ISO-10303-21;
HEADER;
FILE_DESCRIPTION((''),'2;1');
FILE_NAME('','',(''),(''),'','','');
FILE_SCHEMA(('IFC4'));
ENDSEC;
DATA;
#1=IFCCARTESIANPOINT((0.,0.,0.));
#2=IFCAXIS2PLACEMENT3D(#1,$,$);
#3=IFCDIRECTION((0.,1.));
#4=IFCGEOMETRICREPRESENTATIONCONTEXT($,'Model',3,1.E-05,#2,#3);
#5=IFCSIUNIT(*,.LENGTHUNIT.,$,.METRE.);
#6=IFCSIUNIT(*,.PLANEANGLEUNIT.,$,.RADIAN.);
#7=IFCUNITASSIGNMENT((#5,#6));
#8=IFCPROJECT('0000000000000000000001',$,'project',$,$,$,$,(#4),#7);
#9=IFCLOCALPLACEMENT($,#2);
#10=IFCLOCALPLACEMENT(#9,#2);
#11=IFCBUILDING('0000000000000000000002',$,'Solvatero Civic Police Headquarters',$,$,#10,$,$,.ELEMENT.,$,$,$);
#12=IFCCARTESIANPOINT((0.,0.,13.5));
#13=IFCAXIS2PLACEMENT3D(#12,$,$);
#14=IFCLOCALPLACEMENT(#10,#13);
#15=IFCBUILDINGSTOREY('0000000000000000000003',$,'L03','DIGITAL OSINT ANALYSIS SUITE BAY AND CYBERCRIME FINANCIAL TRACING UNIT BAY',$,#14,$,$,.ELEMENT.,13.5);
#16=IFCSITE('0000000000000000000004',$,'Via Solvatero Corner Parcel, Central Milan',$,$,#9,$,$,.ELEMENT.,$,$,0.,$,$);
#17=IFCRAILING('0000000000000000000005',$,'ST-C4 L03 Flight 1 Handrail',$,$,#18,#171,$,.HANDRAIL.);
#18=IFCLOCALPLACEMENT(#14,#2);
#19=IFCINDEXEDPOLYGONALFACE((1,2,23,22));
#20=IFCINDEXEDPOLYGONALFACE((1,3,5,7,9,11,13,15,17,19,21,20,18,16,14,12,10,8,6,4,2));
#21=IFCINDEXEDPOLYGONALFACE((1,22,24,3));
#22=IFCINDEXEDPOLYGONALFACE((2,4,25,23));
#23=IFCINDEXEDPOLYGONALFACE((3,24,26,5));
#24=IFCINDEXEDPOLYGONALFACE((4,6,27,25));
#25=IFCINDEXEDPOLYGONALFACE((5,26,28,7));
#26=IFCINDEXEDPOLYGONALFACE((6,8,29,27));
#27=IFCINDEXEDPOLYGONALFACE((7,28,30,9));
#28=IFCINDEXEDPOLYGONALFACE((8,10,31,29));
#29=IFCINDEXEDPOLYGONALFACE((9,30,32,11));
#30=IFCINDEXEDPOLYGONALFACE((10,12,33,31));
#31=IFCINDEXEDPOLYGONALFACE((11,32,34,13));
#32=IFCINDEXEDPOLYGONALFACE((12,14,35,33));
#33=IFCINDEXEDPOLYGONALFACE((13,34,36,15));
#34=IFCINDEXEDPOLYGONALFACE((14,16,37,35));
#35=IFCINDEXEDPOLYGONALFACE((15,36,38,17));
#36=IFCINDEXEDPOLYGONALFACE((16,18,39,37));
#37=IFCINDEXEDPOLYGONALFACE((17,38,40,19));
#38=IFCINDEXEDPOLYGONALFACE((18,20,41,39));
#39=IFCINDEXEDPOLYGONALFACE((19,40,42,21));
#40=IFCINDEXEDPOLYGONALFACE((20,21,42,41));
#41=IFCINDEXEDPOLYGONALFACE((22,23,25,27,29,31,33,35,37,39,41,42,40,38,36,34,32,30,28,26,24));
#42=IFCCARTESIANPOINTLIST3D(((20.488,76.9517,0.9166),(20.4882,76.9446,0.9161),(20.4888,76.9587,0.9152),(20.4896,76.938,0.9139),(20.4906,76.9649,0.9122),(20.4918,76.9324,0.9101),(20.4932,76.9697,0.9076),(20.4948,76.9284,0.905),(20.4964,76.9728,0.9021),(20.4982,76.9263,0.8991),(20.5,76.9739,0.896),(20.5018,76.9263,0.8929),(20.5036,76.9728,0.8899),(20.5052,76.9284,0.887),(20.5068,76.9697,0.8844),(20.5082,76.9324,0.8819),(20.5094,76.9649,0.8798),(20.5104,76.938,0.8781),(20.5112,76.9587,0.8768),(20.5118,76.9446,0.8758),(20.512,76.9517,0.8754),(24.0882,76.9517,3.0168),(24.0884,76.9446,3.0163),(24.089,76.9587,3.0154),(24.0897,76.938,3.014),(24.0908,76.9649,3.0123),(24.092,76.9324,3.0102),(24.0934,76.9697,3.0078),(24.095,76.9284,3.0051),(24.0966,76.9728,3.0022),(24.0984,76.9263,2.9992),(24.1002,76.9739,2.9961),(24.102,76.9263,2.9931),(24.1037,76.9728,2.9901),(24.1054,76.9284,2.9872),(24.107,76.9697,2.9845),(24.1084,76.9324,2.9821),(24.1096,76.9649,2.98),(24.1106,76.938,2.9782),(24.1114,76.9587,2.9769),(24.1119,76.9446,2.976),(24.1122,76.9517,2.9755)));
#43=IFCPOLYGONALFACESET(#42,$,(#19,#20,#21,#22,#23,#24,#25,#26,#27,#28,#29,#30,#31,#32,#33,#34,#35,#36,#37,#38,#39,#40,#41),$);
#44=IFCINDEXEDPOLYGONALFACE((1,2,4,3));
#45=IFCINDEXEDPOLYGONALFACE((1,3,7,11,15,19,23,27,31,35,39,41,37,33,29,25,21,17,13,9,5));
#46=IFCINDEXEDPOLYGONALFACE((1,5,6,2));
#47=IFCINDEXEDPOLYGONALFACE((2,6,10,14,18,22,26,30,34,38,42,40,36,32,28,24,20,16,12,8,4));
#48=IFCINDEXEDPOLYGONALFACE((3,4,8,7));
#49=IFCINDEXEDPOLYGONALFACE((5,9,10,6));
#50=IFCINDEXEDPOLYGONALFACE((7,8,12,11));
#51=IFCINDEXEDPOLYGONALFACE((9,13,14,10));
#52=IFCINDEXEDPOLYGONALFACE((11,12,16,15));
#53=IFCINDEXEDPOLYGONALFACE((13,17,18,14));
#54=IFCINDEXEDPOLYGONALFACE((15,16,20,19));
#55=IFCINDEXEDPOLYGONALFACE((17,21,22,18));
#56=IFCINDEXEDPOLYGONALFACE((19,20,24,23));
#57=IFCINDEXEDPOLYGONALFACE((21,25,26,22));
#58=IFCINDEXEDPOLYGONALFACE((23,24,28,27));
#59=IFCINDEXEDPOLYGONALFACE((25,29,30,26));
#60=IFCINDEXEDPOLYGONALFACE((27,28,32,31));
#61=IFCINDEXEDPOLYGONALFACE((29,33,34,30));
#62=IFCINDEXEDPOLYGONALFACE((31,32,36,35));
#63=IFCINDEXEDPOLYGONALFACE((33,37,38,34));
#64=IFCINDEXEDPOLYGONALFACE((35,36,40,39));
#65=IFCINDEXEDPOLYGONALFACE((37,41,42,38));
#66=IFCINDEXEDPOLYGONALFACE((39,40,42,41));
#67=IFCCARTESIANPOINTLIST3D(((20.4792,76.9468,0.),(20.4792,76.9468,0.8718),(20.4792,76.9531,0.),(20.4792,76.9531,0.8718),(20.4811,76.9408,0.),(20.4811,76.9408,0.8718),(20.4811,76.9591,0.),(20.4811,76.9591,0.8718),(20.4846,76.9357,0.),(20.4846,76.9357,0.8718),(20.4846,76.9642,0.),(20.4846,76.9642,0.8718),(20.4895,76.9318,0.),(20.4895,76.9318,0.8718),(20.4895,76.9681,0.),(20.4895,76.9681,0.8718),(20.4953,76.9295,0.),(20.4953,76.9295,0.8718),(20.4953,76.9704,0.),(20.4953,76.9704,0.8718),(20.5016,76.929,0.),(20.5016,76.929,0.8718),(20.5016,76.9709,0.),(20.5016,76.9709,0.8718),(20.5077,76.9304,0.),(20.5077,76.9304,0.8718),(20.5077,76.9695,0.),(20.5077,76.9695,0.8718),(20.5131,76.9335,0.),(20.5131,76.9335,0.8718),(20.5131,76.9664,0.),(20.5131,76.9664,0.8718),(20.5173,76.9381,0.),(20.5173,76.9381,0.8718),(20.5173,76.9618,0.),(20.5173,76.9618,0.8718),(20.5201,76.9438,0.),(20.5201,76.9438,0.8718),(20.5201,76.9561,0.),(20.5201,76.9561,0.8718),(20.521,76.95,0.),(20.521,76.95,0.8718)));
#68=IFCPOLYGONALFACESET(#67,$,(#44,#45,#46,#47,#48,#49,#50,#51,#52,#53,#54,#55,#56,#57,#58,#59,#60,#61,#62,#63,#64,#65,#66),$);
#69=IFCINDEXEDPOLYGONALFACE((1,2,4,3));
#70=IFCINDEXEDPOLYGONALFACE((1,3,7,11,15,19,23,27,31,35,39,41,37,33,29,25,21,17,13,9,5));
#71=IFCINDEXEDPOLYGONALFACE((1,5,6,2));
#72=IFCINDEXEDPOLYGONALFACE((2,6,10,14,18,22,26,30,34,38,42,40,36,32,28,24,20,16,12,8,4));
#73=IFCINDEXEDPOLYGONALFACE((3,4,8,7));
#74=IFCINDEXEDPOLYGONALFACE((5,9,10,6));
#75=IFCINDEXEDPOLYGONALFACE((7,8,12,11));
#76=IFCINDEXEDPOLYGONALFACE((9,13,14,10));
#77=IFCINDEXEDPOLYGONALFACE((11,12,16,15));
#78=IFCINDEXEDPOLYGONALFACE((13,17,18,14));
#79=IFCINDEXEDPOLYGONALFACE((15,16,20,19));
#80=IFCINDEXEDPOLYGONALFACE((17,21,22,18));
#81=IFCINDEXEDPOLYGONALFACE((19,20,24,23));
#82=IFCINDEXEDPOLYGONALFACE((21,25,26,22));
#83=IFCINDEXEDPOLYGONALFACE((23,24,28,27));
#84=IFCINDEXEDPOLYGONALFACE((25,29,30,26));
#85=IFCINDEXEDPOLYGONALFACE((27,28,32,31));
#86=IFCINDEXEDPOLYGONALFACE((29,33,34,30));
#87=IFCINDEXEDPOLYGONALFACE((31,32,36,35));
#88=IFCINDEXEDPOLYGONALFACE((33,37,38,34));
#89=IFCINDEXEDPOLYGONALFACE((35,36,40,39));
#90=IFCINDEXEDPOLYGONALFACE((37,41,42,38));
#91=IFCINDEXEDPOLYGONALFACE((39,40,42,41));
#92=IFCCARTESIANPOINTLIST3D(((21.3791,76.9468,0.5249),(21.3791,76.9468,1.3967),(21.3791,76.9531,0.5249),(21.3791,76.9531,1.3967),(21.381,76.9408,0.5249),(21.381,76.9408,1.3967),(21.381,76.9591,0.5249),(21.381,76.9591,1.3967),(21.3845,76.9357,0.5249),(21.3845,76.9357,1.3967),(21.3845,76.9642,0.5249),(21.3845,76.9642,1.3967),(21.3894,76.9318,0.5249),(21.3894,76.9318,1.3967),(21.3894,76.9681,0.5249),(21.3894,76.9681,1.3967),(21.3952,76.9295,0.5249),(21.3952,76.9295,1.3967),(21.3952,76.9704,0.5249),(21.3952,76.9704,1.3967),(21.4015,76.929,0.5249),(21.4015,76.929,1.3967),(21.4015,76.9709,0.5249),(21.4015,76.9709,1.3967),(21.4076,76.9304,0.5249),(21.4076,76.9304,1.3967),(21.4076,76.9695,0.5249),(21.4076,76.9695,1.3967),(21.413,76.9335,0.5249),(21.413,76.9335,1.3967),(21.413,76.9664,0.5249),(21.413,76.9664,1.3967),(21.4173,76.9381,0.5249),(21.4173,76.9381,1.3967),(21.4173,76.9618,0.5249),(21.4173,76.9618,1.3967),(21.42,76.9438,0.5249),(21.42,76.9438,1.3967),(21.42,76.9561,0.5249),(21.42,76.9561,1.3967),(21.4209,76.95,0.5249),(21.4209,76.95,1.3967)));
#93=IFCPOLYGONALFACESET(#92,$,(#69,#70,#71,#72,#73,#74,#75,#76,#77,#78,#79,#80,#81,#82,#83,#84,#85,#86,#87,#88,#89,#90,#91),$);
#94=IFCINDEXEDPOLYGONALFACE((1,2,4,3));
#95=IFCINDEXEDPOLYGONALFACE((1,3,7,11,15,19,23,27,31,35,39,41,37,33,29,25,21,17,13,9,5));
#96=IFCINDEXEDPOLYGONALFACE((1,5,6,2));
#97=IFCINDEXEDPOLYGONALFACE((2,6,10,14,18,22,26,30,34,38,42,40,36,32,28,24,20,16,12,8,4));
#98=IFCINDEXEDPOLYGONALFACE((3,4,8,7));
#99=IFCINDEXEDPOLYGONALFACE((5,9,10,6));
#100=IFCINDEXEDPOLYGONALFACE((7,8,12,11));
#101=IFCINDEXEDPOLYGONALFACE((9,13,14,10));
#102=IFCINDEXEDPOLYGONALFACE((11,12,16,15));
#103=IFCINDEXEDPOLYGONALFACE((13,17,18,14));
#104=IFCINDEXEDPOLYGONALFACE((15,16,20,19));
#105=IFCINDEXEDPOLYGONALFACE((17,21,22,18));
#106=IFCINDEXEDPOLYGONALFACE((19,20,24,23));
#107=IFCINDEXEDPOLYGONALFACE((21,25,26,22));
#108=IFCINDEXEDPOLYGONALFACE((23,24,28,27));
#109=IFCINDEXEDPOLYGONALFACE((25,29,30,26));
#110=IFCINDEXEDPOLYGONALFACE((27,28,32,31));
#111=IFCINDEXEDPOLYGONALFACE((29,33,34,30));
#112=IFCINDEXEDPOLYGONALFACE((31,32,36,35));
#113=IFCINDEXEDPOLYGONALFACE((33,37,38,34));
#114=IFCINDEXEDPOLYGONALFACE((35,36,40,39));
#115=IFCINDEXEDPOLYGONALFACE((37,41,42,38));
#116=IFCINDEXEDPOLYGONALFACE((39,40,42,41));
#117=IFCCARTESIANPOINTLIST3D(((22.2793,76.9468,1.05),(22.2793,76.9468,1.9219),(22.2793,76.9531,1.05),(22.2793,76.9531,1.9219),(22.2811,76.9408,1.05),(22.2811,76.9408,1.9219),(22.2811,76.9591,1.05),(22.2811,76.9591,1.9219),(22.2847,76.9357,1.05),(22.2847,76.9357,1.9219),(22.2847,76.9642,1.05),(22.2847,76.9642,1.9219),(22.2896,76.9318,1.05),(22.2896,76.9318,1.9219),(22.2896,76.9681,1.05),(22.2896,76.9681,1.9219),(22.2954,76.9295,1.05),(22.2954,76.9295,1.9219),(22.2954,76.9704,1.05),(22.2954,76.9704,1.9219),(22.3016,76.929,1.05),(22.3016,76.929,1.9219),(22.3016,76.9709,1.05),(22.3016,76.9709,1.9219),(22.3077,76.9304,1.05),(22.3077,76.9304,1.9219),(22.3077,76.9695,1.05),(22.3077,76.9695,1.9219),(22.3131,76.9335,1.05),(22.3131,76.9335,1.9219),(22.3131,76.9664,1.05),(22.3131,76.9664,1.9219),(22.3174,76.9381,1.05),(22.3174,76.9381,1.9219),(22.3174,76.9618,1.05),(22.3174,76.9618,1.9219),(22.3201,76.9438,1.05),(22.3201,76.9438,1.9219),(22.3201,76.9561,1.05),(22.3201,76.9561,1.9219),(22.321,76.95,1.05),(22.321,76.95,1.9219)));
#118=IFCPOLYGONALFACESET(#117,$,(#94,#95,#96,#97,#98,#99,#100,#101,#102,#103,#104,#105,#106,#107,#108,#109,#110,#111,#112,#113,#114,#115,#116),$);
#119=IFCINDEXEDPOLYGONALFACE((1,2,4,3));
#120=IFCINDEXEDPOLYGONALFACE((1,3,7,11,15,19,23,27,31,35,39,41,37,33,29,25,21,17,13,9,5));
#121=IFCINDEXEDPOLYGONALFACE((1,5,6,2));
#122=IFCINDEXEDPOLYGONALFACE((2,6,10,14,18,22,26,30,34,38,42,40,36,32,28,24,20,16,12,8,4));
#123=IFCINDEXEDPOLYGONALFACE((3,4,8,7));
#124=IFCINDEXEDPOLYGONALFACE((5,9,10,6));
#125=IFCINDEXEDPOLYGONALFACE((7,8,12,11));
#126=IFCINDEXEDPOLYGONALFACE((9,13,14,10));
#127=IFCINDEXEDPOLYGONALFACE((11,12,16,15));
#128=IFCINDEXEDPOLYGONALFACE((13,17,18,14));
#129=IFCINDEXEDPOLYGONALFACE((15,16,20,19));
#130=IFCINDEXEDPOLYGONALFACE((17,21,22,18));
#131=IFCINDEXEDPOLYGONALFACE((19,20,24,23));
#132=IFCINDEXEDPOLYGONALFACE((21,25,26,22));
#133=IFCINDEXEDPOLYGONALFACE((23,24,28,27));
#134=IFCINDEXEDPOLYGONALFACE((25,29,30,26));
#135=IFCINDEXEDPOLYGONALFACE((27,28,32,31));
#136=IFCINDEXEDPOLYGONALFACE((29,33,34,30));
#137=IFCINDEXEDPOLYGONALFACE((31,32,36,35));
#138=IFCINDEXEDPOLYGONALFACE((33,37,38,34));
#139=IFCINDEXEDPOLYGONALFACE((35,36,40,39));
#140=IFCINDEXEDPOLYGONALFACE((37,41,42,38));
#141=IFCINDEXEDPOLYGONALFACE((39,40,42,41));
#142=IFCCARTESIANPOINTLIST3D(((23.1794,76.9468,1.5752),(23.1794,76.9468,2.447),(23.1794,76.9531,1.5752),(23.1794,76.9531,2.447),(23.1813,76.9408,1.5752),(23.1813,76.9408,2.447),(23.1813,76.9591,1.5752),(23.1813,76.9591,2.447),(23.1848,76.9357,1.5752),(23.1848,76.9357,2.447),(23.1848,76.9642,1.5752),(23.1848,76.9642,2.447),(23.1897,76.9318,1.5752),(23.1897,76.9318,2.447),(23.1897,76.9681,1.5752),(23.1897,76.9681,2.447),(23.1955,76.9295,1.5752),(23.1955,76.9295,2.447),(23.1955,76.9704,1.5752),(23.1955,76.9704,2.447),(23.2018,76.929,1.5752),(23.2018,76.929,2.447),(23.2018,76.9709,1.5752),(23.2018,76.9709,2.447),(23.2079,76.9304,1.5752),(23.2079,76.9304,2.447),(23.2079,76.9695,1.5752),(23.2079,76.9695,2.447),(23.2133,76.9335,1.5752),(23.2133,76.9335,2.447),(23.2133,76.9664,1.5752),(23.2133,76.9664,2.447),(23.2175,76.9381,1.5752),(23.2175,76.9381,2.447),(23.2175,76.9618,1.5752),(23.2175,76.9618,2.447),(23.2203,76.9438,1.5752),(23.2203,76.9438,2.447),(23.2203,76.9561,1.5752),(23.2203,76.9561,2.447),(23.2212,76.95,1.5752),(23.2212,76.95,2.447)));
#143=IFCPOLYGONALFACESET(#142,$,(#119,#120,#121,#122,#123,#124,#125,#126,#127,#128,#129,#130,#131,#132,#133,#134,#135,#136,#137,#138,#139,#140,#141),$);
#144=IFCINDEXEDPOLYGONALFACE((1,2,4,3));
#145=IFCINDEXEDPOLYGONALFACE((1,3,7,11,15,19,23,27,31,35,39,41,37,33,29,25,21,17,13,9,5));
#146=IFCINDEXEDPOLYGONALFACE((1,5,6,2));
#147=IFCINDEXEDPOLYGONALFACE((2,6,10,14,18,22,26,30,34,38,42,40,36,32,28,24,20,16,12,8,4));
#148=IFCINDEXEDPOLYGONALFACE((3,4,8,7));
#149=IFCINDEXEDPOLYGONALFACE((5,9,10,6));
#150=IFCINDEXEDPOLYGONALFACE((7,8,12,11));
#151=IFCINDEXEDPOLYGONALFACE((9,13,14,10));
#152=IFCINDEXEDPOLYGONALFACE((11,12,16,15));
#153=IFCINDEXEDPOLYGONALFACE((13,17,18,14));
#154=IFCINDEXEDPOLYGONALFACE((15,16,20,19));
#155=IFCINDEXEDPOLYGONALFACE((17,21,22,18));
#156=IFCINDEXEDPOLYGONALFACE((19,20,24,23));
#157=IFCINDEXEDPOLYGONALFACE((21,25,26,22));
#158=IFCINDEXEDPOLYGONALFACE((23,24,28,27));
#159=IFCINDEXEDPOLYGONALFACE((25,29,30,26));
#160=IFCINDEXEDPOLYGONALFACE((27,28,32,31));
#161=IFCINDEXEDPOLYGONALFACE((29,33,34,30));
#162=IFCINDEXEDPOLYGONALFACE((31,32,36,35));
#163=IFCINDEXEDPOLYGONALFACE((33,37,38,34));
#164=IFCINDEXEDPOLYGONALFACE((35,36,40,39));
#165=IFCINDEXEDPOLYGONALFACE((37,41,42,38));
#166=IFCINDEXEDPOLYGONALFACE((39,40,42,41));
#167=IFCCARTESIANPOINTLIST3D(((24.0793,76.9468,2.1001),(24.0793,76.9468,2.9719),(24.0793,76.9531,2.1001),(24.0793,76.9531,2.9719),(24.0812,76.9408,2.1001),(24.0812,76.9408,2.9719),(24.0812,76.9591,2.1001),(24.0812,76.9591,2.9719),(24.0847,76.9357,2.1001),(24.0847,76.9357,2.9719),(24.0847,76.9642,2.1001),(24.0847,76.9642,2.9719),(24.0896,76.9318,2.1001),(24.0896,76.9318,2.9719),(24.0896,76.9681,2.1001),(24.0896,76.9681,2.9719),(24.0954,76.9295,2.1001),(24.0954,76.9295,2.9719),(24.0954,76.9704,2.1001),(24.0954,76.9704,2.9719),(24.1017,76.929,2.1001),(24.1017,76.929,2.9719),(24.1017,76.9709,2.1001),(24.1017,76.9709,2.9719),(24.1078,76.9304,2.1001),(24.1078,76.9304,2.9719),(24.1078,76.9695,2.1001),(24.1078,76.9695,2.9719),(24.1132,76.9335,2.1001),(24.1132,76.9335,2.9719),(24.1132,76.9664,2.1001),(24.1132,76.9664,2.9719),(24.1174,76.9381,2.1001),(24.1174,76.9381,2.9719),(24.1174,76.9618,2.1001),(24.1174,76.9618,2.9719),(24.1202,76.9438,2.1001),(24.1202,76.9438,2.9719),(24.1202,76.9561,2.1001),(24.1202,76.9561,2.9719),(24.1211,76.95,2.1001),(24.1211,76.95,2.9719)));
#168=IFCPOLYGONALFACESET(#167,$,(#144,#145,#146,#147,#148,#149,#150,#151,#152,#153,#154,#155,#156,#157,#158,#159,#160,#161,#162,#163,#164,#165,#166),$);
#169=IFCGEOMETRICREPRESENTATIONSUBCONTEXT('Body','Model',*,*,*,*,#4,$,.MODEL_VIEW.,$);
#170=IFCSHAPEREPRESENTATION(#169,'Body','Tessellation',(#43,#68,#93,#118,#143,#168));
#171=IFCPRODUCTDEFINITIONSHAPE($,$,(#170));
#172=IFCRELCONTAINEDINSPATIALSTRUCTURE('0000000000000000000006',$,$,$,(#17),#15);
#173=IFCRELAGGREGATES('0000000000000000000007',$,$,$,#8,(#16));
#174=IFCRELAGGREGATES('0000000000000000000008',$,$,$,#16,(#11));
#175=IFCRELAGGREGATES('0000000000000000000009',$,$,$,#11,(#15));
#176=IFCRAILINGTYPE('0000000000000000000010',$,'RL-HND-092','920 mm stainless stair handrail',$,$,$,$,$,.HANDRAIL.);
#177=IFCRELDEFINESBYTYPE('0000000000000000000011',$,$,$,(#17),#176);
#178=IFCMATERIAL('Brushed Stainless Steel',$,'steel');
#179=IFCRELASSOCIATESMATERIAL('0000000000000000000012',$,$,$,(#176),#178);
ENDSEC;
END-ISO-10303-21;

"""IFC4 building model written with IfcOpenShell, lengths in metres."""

from ifc_helpers import new_model, si_unit, direction, frame, origin, origin_2d, place, context, subcontext, project, spatial, circle, extrude, material, type_object, element, save


model = new_model("IFC4")

# Units and contexts
model_context = context("Model", 3, precision=1e-05, world=origin(), true_north=direction((0.0, 1.0)))
body_context = subcontext(model_context, "Body", "Model", "MODEL_VIEW")
ifc_project = project(units=[si_unit("LENGTHUNIT", "METRE"), si_unit("PLANEANGLEUNIT", "RADIAN")], contexts=[model_context])

# Site, building, storey
site_placement = place(None, origin())
site = spatial("IfcSite", under=ifc_project, at=site_placement, Name="Via Solvatero Corner Parcel, Central Milan", CompositionType="ELEMENT", RefElevation=0.0)
building_placement = place(site_placement, origin())
building = spatial("IfcBuilding", under=site, at=building_placement, Name="Solvatero Civic Police Headquarters", CompositionType="ELEMENT")
storey_placement = place(building_placement, frame((0.0, 0.0, 13.5)))
storey = spatial("IfcBuildingStorey", under=building, at=storey_placement, Name="L03", Description="DIGITAL OSINT ANALYSIS SUITE BAY AND CYBERCRIME FINANCIAL TRACING UNIT BAY", CompositionType="ELEMENT", Elevation=13.5)

# Railing
ifc_material_1 = material(Name="Brushed Stainless Steel", Category="steel")
railing_type_1 = type_object("IfcRailingType", Name="RL-HND-092", Description="920 mm stainless stair handrail", PredefinedType="HANDRAIL", material=ifc_material_1)
railing_1_placement = place(storey_placement, frame((20.5, 76.95, 0.0)))
element("IfcRailing", 1, at=railing_1_placement, inside=storey, type_object=railing_type_1, Name="ST-C4 L03 Flight 1 Handrail", PredefinedType="HANDRAIL", context=body_context, shape_type="SweptSolid", body=[
    extrude(circle(Radius=0.0239, at=origin_2d()), frame((0.0, 0.0, 0.896), z_axis=(0.863775, 0.0, 0.503878), x_axis=(0.0, 1.0, 0.0)), (0.0, 0.0, 1.0), 4.168),
    extrude(circle(Radius=0.021, at=origin_2d()), origin(), (0.0, 0.0, 1.0), 0.8718),
    extrude(circle(Radius=0.021, at=origin_2d()), frame((0.8999, 0.0, 0.5249)), (0.0, 0.0, 1.0), 0.8718),
    extrude(circle(Radius=0.021, at=origin_2d()), frame((1.8, 0.0, 1.05)), (0.0, 0.0, 1.0), 0.8718),
    extrude(circle(Radius=0.021, at=origin_2d()), frame((2.7002, 0.0, 1.5752)), (0.0, 0.0, 1.0), 0.8718),
    extrude(circle(Radius=0.021, at=origin_2d()), frame((3.6001, 0.0, 2.1001)), (0.0, 0.0, 1.0), 0.8718),
])

save(model, "model.ifc")
